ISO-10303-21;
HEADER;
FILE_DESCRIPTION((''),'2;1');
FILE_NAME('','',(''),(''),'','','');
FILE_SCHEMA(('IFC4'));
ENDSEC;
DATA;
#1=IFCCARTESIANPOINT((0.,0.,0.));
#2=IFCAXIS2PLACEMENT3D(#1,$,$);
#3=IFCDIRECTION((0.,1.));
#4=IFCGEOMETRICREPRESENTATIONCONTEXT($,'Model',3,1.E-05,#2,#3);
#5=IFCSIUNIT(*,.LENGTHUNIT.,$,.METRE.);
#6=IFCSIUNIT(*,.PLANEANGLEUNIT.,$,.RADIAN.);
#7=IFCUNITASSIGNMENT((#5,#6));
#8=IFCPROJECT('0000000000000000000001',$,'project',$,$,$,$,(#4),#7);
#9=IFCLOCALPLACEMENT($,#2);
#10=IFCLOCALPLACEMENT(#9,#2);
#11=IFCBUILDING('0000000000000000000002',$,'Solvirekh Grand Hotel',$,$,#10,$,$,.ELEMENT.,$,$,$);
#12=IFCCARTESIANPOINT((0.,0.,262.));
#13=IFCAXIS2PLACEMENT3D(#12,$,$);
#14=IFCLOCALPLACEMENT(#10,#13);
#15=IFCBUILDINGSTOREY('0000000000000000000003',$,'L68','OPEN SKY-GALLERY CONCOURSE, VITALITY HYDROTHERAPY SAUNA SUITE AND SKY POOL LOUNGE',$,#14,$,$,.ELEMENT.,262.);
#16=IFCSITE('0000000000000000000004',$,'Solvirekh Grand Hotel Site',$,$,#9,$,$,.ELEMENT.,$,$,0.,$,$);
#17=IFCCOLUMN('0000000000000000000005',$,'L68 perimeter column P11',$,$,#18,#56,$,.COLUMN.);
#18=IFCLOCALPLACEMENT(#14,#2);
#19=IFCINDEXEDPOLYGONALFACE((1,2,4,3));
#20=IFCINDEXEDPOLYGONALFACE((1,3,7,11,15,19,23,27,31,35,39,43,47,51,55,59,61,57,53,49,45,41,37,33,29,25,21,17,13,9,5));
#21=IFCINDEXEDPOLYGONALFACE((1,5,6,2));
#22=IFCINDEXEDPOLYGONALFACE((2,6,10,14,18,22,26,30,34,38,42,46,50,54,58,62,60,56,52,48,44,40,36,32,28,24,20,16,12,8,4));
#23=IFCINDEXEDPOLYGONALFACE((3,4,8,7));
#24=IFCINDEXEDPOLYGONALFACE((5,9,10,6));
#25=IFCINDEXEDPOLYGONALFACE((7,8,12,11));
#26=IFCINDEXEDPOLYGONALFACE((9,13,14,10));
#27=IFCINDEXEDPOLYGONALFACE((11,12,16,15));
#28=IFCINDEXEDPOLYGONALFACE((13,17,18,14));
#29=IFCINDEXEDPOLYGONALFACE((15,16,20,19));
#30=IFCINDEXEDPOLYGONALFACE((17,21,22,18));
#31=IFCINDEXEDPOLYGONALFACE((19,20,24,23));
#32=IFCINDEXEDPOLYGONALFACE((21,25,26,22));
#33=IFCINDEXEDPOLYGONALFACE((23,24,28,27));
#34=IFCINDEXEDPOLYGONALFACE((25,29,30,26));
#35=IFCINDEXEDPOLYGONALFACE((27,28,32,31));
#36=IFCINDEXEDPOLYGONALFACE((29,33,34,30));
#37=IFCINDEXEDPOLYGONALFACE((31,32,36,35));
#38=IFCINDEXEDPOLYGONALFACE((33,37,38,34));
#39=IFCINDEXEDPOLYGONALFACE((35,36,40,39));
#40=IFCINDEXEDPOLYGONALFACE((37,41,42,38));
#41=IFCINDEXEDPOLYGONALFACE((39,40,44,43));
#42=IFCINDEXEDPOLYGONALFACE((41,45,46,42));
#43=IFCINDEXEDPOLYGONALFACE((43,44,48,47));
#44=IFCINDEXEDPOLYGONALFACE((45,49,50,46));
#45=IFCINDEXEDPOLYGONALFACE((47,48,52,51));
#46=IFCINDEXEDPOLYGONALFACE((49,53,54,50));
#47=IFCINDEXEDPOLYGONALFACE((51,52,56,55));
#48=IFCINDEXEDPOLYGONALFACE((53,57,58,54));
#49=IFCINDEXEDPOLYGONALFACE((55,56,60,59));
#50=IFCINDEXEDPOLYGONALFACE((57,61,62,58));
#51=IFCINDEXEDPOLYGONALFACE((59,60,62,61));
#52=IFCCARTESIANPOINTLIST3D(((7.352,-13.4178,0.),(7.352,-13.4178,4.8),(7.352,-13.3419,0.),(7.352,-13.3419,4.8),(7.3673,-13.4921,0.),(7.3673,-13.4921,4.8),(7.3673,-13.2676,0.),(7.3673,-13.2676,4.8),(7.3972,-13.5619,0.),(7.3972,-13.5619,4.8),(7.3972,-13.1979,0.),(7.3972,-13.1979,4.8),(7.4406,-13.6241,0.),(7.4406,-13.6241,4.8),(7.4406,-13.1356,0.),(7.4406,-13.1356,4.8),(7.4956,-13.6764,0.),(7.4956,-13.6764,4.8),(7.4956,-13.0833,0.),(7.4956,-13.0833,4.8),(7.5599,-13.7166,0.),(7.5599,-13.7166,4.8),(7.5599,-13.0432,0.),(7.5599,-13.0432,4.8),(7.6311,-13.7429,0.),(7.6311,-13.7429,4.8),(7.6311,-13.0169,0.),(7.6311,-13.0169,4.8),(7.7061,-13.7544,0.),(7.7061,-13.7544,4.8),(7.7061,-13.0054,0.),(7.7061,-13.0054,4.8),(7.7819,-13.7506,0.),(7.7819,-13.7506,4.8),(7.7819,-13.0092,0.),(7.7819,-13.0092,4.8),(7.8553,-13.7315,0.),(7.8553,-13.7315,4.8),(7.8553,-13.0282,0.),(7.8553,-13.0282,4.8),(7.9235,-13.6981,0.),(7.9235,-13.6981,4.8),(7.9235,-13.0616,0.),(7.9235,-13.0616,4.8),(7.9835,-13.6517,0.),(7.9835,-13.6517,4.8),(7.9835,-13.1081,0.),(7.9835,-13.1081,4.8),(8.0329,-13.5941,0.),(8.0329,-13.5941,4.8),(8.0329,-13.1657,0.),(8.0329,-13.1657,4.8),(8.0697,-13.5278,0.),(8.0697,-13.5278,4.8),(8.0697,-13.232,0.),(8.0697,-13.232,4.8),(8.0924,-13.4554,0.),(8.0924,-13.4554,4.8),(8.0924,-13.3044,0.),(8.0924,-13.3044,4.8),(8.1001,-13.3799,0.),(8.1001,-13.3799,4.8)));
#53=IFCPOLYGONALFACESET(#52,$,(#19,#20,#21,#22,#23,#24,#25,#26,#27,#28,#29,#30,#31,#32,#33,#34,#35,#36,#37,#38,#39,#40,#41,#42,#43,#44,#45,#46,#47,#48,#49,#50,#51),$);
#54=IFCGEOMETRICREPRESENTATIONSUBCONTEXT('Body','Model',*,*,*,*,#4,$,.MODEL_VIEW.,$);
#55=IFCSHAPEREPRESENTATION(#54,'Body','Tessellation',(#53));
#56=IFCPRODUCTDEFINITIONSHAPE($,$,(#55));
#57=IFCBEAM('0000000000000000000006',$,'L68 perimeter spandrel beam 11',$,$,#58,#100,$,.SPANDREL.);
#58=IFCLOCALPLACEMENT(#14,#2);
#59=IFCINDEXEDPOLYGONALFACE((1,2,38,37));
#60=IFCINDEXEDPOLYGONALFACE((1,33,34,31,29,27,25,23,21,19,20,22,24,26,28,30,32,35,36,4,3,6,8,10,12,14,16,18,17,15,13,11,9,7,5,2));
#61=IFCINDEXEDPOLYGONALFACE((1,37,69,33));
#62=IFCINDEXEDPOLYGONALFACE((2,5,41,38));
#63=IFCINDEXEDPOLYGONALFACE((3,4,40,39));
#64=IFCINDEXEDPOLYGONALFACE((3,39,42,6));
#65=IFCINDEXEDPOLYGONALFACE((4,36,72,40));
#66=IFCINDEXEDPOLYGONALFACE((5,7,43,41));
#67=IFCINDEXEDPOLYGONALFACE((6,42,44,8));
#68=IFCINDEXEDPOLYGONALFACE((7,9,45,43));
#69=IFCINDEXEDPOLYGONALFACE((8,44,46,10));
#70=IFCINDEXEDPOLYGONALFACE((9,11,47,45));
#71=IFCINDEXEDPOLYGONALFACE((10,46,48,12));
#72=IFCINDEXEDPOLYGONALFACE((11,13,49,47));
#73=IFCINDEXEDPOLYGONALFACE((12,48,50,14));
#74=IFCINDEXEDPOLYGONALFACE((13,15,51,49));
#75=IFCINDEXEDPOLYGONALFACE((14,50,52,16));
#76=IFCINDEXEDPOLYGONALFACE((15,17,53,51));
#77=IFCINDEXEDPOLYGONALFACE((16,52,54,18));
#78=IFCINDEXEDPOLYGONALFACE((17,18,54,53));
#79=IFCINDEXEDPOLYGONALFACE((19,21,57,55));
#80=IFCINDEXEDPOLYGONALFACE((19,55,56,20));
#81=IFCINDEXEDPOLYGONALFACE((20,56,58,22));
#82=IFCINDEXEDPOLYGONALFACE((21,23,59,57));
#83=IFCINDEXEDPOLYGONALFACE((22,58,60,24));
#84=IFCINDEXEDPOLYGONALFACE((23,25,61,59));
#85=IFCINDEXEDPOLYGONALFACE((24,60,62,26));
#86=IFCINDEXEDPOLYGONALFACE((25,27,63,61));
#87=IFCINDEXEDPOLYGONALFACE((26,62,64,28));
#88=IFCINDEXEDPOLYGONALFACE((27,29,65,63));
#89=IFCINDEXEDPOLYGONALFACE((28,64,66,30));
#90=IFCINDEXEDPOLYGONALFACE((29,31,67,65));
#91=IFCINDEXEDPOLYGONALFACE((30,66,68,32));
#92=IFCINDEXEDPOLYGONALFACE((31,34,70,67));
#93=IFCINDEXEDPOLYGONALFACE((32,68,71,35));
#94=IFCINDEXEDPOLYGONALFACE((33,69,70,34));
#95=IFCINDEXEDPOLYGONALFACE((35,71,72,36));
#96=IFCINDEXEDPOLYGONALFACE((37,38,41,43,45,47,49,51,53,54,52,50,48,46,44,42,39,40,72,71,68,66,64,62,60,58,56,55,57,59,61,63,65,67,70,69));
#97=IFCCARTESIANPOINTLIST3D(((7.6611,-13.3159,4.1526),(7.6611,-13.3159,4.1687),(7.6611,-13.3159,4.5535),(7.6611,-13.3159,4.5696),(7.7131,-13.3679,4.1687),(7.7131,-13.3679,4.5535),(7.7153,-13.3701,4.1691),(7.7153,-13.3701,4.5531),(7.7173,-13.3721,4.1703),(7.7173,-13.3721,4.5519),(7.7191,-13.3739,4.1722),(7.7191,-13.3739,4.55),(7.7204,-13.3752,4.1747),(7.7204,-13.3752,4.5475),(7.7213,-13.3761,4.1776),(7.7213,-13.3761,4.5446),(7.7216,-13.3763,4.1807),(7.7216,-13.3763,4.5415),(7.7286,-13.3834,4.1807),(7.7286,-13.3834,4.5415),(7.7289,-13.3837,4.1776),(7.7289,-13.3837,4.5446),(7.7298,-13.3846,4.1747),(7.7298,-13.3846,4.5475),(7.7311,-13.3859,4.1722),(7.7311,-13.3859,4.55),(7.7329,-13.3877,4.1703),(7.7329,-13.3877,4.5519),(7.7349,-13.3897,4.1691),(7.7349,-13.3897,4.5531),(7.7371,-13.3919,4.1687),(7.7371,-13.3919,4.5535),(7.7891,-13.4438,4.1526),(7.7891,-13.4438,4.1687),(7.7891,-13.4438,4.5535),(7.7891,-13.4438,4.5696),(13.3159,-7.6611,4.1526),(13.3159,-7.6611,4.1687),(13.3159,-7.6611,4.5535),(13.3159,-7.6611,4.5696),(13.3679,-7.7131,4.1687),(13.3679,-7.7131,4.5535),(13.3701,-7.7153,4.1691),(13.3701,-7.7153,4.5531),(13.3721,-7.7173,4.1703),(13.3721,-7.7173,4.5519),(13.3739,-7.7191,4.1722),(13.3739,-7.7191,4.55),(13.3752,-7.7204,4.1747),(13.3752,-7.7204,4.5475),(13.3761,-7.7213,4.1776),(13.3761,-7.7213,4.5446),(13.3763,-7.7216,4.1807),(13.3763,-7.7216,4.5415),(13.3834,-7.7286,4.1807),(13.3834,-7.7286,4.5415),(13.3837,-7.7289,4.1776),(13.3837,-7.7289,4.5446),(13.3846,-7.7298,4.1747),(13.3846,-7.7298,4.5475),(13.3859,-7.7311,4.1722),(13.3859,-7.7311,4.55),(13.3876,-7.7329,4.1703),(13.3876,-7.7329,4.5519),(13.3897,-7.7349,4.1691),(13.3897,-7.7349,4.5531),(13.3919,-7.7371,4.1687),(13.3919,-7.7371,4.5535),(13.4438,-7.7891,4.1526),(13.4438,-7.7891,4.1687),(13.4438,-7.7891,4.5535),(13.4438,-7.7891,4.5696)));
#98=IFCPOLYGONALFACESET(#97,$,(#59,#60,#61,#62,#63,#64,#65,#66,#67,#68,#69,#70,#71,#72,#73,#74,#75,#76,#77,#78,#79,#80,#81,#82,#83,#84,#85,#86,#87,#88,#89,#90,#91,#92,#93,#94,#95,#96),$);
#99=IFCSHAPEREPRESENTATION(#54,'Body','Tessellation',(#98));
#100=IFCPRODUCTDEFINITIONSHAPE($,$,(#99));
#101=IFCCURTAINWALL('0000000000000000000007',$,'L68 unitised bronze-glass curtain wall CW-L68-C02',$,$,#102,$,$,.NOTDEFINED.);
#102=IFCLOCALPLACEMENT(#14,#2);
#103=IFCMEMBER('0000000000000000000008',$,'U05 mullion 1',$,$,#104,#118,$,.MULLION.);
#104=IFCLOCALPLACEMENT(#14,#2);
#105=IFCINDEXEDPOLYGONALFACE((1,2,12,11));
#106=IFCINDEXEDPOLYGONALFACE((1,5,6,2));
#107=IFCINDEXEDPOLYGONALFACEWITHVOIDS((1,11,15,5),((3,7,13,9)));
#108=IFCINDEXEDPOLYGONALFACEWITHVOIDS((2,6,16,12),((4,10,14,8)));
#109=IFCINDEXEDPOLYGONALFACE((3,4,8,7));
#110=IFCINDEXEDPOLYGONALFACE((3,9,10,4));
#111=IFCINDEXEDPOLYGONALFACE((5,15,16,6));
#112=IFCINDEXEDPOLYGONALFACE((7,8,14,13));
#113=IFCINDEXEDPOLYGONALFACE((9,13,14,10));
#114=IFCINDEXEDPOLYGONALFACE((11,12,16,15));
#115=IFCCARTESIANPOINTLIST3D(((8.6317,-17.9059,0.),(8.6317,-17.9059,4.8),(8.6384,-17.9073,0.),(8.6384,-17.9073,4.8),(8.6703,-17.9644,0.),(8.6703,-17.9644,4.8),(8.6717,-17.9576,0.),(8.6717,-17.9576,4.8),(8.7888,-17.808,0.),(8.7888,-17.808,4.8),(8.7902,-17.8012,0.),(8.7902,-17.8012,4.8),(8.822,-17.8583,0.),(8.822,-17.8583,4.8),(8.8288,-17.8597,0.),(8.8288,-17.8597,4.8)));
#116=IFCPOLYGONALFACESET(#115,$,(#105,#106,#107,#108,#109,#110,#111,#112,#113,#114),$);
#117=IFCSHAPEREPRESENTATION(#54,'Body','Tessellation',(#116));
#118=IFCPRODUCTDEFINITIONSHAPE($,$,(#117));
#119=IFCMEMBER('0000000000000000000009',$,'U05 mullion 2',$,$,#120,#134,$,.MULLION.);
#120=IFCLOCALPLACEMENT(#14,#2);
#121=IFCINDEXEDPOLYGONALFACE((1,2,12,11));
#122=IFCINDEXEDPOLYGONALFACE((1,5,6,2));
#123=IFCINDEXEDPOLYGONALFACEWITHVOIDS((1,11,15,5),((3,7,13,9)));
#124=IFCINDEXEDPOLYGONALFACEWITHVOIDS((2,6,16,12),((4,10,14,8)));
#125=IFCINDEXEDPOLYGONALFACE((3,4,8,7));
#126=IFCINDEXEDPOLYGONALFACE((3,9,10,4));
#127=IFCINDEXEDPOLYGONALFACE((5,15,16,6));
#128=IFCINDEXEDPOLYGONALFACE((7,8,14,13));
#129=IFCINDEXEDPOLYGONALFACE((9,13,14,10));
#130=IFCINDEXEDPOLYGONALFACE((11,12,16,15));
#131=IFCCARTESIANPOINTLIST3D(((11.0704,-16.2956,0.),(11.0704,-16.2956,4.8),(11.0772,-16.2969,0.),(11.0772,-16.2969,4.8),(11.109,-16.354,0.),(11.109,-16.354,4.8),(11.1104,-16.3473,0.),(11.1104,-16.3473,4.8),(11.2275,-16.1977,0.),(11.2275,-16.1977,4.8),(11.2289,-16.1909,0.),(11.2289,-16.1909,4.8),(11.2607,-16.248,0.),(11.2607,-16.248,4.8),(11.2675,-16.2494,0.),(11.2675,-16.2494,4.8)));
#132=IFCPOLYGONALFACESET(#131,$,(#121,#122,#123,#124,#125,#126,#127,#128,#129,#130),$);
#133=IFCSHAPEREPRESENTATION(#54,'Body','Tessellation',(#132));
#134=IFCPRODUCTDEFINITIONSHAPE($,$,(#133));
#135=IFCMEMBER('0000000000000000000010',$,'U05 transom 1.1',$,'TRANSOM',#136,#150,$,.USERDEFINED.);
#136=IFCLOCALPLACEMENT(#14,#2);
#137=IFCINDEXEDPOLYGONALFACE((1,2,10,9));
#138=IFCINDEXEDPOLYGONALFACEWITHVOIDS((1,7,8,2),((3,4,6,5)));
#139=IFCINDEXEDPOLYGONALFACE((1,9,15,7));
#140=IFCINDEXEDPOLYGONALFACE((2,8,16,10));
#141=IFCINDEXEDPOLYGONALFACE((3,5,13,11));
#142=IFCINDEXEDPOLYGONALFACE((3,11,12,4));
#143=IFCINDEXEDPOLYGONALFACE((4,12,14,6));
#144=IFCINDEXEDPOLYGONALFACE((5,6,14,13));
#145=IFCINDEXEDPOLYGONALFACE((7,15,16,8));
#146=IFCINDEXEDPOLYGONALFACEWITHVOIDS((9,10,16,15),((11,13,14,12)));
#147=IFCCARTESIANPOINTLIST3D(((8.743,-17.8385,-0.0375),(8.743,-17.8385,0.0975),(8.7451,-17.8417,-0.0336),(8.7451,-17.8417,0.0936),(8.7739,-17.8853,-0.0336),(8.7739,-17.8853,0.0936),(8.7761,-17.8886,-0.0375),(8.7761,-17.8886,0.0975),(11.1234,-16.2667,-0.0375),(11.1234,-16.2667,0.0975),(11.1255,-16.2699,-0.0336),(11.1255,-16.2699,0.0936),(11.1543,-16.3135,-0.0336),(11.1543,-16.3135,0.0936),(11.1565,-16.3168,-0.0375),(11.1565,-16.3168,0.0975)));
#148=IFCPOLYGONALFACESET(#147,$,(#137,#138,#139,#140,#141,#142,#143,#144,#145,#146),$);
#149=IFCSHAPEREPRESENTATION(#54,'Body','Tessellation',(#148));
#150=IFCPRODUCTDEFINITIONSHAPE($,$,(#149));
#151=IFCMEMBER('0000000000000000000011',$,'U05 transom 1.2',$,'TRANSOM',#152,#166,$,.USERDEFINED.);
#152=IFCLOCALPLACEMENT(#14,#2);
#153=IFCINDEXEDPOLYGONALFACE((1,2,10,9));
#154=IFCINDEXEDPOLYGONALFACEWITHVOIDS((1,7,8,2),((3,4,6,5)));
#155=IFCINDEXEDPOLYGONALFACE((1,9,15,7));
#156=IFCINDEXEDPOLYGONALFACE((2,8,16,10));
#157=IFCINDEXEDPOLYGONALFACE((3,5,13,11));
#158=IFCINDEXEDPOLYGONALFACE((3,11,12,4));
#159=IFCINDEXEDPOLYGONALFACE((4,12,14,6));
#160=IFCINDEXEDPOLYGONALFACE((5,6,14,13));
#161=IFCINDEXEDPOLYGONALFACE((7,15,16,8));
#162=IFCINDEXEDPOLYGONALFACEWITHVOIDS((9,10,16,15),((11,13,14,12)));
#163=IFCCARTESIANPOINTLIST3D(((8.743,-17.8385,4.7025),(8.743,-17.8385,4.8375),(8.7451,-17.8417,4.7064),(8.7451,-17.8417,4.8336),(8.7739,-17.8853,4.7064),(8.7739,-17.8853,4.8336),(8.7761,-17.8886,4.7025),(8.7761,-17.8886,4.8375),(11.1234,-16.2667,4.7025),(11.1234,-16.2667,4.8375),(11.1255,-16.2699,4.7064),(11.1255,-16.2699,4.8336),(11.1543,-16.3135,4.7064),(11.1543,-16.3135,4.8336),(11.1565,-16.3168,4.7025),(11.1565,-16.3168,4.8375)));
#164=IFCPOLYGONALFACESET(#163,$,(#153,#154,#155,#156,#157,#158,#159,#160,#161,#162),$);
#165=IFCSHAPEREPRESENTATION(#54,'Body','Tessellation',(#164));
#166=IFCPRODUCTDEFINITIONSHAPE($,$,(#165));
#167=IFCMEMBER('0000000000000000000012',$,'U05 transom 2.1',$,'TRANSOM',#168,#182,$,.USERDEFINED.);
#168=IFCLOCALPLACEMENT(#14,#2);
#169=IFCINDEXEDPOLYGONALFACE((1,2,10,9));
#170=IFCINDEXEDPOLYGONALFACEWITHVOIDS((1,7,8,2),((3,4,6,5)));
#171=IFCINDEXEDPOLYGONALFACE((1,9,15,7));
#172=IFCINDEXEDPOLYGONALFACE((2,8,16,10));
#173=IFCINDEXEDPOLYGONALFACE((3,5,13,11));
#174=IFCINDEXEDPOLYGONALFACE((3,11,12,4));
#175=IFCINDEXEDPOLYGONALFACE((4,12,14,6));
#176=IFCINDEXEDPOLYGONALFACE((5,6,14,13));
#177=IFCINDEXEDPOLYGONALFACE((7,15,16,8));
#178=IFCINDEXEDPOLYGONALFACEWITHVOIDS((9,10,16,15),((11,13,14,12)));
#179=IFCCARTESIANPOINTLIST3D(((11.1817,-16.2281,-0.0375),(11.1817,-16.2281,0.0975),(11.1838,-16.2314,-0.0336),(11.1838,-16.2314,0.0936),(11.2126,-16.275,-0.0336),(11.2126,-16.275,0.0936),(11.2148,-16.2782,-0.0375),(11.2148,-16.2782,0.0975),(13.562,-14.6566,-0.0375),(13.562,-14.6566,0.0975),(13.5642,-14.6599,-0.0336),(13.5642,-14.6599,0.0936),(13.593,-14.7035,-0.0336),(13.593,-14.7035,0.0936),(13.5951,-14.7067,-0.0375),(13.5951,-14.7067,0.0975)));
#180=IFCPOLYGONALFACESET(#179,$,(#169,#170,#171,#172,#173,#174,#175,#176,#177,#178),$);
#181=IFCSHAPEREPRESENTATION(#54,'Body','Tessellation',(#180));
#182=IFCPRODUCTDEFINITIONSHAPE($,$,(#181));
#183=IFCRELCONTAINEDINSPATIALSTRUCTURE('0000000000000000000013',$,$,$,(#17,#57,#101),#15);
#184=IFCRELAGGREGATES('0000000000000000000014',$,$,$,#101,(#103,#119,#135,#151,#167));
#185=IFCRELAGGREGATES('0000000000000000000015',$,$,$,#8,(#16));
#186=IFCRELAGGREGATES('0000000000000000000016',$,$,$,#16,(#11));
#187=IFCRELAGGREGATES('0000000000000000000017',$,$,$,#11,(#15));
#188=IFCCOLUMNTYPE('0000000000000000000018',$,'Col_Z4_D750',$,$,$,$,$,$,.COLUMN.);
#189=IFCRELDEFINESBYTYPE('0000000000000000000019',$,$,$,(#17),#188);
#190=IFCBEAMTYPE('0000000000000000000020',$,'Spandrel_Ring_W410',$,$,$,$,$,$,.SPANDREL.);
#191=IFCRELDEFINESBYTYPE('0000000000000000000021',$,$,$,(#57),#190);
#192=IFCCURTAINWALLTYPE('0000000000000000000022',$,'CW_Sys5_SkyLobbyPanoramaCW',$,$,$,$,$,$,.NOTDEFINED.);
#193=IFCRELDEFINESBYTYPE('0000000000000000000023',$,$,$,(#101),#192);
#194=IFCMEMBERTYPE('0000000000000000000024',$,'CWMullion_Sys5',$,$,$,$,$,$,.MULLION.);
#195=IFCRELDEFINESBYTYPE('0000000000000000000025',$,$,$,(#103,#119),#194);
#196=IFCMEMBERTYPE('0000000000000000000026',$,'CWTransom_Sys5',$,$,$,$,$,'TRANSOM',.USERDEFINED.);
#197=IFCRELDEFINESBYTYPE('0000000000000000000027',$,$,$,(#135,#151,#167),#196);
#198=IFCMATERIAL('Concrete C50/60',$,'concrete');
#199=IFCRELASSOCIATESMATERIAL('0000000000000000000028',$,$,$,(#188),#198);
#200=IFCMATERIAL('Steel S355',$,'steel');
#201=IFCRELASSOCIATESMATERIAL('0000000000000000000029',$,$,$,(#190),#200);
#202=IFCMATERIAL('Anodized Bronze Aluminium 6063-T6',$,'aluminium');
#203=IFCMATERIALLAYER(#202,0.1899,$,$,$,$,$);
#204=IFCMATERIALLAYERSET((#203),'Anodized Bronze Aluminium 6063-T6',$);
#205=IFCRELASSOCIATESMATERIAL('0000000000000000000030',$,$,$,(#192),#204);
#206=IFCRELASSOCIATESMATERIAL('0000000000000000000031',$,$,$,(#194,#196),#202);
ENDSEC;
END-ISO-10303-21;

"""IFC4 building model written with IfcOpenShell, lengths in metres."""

from ifc_helpers import new_model, si_unit, direction, frame, origin, origin_2d, place, context, subcontext, project, spatial, hollow_rectangle, circle, i_section, extrude, source, transform, mapped, material, layer, layer_set, material_profile, profile_set, type_object, element, aggregate, save


model = new_model("IFC4")

# Units and contexts
model_context = context("Model", 3, precision=1e-05, world=origin(), true_north=direction((0.0, 1.0)))
body_context = subcontext(model_context, "Body", "Model", "MODEL_VIEW")
ifc_project = project(units=[si_unit("LENGTHUNIT", "METRE"), si_unit("PLANEANGLEUNIT", "RADIAN")], contexts=[model_context])

# Site, building, storey
site_placement = place(None, origin())
site = spatial("IfcSite", under=ifc_project, at=site_placement, Name="Solvirekh Grand Hotel Site", CompositionType="ELEMENT", RefElevation=0.0)
building_placement = place(site_placement, origin())
building = spatial("IfcBuilding", under=site, at=building_placement, Name="Solvirekh Grand Hotel", CompositionType="ELEMENT")
storey_placement = place(building_placement, frame((0.0, 0.0, 262.0)))
storey = spatial("IfcBuildingStorey", under=building, at=storey_placement, Name="L68", Description="OPEN SKY-GALLERY CONCOURSE, VITALITY HYDROTHERAPY SAUNA SUITE AND SKY POOL LOUNGE", CompositionType="ELEMENT", Elevation=262.0)

# Column
ifc_material_1 = material(Name="Concrete C50/60", Category="concrete")
ifc_material_profile_1 = material_profile(ifc_material_1, circle(Radius=0.375, at=origin_2d()), Name="RC CIRC D750")
ifc_profile_set_1 = profile_set([ifc_material_profile_1], Name="Concrete C50/60")
column_type = type_object("IfcColumnType", Name="Col_Z4_D750", PredefinedType="COLUMN", material=ifc_profile_set_1)
column_placement = place(storey_placement, frame((7.7251, -13.3799, 0.0), z_axis=(0.0, 0.0, 1.0), x_axis=(1.0, 0.0, 0.0)))
element("IfcColumn", 1, at=column_placement, inside=storey, type_object=column_type, Name="L68 perimeter column P11", PredefinedType="COLUMN", context=body_context, shape_type="SweptSolid", body=[
    extrude(circle(Radius=0.375, at=origin_2d()), origin(), (0.0, 0.0, 1.0), 4.8),
])

# Beam
ifc_material_2 = material(Name="Steel S355", Category="steel")
ifc_material_profile_2 = material_profile(ifc_material_2, i_section(OverallWidth=0.1809, OverallDepth=0.417, WebThickness=0.01, FlangeThickness=0.0161, FilletRadius=0.012, at=origin_2d()), Name="W410X85")
ifc_profile_set_2 = profile_set([ifc_material_profile_2], Name="Steel S355")
beam_type = type_object("IfcBeamType", Name="Spandrel_Ring_W410", PredefinedType="SPANDREL", material=ifc_profile_set_2)
beam_placement = place(storey_placement, frame((7.7251, -13.3799, 4.3611), z_axis=(0.707107, 0.707107, 0.0), x_axis=(-0.707107, 0.707107, 0.0)))
element("IfcBeam", 2, at=beam_placement, inside=storey, type_object=beam_type, Name="L68 perimeter spandrel beam 11", PredefinedType="SPANDREL", context=body_context, shape_type="SweptSolid", body=[
    extrude(i_section(OverallWidth=0.1809, OverallDepth=0.417, WebThickness=0.01, FlangeThickness=0.0161, FilletRadius=0.012, at=origin_2d()), origin(), (0.0, 0.0, 1.0), 7.9971),
])

# Curtain wall, members
ifc_material_3 = material(Name="Anodized Bronze Aluminium 6063-T6", Category="aluminium")
ifc_layer_1 = layer(ifc_material_3, 0.1899)
ifc_layer_set_1 = layer_set([ifc_layer_1], Name="Anodized Bronze Aluminium 6063-T6")
curtain_wall_type = type_object("IfcCurtainWallType", Name="CW_Sys5_SkyLobbyPanoramaCW", PredefinedType="NOTDEFINED", material=ifc_layer_set_1)
curtain_wall_placement = place(storey_placement, origin())
curtain_wall = element("IfcCurtainWall", 3, at=curtain_wall_placement, inside=storey, type_object=curtain_wall_type, Name="L68 unitised bronze-glass curtain wall CW-L68-C02", PredefinedType="NOTDEFINED")
ifc_material_profile_3 = material_profile(ifc_material_3, hollow_rectangle(XDim=0.0701, YDim=0.1899, WallThickness=0.0049, at=origin_2d()), Name="ALU RHS 190X70X5")
ifc_profile_set_3 = profile_set([ifc_material_profile_3], Name="Anodized Bronze Aluminium 6063-T6")
member_type_1 = type_object("IfcMemberType", Name="CWMullion_Sys5", PredefinedType="MULLION", material=ifc_profile_set_3)
shared_shape_1 = source(origin(), body_context, "Body", "SweptSolid", [
    extrude(hollow_rectangle(XDim=0.0701, YDim=0.1899, WallThickness=0.0049, at=origin_2d()), origin(), (0.0, 0.0, 1.0), 4.8),
])
member_1_placement = place(storey_placement, frame((8.7302, -17.8828, 0.0), z_axis=(0.0, 0.0, 1.0), x_axis=(-0.550988, 0.834513, 0.0)))
member_1 = element("IfcMember", 4, at=member_1_placement, type_object=member_type_1, Name="U05 mullion 1", PredefinedType="MULLION", context=body_context, shape_type="MappedRepresentation", body=[
    mapped(shared_shape_1, transform((0.0, 0.0, 0.0), x_axis=(1.0, 0.0, 0.0), y_axis=(0.0, 1.0, 0.0), z_axis=(0.0, 0.0, 1.0), scale=1.0)),
])
member_2_placement = place(storey_placement, frame((11.1689, -16.2725, 0.0), z_axis=(0.0, 0.0, 1.0), x_axis=(-0.550988, 0.834513, 0.0)))
member_2 = element("IfcMember", 5, at=member_2_placement, type_object=member_type_1, Name="U05 mullion 2", PredefinedType="MULLION", context=body_context, shape_type="MappedRepresentation", body=[
    mapped(shared_shape_1, transform((0.0, 0.0, 0.0), x_axis=(1.0, 0.0, 0.0), y_axis=(0.0, 1.0, 0.0), z_axis=(0.0, 0.0, 1.0), scale=1.0)),
])
ifc_material_profile_4 = material_profile(ifc_material_3, hollow_rectangle(XDim=0.0601, YDim=0.135, WallThickness=0.0039, at=origin_2d()), Name="ALU RHS 135X60X4")
ifc_profile_set_4 = profile_set([ifc_material_profile_4], Name="Anodized Bronze Aluminium 6063-T6")
member_type_2 = type_object("IfcMemberType", Name="CWTransom_Sys5", ElementType="TRANSOM", PredefinedType="USERDEFINED", material=ifc_profile_set_4)
shared_shape_2 = source(origin(), body_context, "Body", "SweptSolid", [
    extrude(hollow_rectangle(XDim=0.0601, YDim=0.135, WallThickness=0.0039, at=origin_2d()), origin(), (0.0, 0.0, 1.0), 2.8525),
])
member_3_placement = place(storey_placement, frame((8.7595, -17.8635, 0.03), z_axis=(0.834491, 0.551021, 0.0), x_axis=(-0.551021, 0.834491, 0.0)))
member_3 = element("IfcMember", 6, at=member_3_placement, type_object=member_type_2, Name="U05 transom 1.1", ObjectType="TRANSOM", PredefinedType="USERDEFINED", context=body_context, shape_type="MappedRepresentation", body=[
    mapped(shared_shape_2, transform((0.0, 0.0, 0.0), x_axis=(1.0, 0.0, 0.0), y_axis=(0.0, 1.0, 0.0), z_axis=(0.0, 0.0, 1.0), scale=1.0)),
])
member_4_placement = place(storey_placement, frame((8.7595, -17.8635, 4.77), z_axis=(0.834491, 0.551021, 0.0), x_axis=(-0.551021, 0.834491, 0.0)))
member_4 = element("IfcMember", 7, at=member_4_placement, type_object=member_type_2, Name="U05 transom 1.2", ObjectType="TRANSOM", PredefinedType="USERDEFINED", context=body_context, shape_type="MappedRepresentation", body=[
    mapped(shared_shape_2, transform((0.0, 0.0, 0.0), x_axis=(1.0, 0.0, 0.0), y_axis=(0.0, 1.0, 0.0), z_axis=(0.0, 0.0, 1.0), scale=1.0)),
])
shared_shape_3 = source(origin(), body_context, "Body", "SweptSolid", [
    extrude(hollow_rectangle(XDim=0.0601, YDim=0.135, WallThickness=0.0039, at=origin_2d()), origin(), (0.0, 0.0, 1.0), 2.8523),
])
member_5_placement = place(storey_placement, frame((11.1982, -16.2532, 0.03), z_axis=(0.834531, 0.550961, 0.0), x_axis=(-0.550961, 0.834531, 0.0)))
member_5 = element("IfcMember", 8, at=member_5_placement, type_object=member_type_2, Name="U05 transom 2.1", ObjectType="TRANSOM", PredefinedType="USERDEFINED", context=body_context, shape_type="MappedRepresentation", body=[
    mapped(shared_shape_3, transform((0.0, 0.0, 0.0), x_axis=(1.0, 0.0, 0.0), y_axis=(0.0, 1.0, 0.0), z_axis=(0.0, 0.0, 1.0), scale=1.0)),
])

aggregate(curtain_wall, [member_1, member_2, member_3, member_4, member_5])

save(model, "model.ifc")
